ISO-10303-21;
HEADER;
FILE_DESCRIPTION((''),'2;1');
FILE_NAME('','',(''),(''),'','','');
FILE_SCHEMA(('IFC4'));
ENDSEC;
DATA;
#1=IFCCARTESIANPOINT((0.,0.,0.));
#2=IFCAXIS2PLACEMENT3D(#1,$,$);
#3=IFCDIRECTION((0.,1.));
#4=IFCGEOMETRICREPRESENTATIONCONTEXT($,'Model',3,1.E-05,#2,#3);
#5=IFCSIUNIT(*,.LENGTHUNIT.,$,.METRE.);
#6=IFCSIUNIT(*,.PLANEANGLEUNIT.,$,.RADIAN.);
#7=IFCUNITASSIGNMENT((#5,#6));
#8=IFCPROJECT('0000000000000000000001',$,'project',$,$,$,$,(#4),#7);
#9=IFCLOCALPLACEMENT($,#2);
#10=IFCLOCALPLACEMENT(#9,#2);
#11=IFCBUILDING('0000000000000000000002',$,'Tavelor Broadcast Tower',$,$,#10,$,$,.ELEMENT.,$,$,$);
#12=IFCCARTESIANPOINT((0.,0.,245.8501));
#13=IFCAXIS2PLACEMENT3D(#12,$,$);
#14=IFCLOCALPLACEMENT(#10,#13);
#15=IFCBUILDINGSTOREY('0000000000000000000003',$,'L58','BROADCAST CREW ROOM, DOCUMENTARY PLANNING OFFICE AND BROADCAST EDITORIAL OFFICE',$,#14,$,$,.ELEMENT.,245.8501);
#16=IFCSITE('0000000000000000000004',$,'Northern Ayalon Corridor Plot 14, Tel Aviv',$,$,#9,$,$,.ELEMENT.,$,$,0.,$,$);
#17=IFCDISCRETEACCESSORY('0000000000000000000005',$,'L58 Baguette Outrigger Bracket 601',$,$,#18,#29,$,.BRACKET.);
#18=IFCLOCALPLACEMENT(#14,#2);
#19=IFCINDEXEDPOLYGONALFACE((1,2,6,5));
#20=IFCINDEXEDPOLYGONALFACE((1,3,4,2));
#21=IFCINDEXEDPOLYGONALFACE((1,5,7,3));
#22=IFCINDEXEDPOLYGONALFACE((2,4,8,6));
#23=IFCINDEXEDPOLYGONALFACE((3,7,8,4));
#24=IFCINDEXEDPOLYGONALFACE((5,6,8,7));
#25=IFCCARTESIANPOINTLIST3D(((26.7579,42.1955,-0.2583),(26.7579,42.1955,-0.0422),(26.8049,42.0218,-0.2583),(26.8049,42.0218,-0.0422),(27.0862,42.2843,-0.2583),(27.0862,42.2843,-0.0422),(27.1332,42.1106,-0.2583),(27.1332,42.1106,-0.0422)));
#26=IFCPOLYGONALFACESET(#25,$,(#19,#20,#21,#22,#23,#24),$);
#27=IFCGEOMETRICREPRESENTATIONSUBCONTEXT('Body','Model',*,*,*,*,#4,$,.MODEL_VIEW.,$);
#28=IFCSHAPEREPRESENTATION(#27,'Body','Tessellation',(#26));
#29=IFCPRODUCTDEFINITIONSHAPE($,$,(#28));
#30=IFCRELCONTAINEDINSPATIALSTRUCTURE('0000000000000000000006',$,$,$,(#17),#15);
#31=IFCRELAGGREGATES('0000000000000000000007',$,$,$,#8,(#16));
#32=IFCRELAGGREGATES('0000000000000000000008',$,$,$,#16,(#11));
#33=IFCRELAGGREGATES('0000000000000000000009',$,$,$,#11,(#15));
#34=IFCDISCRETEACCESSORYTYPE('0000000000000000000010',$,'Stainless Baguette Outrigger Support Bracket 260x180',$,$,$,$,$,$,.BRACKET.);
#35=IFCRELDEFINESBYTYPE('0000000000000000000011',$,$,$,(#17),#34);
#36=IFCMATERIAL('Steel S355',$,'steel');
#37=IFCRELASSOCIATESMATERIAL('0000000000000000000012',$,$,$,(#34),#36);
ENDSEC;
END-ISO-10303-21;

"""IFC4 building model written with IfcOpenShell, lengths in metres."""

from ifc_helpers import new_model, si_unit, direction, frame, origin, origin_2d, place, context, subcontext, project, spatial, rectangle, extrude, source, transform, mapped, material, type_object, type_shapes, element, save


model = new_model("IFC4")

# Units and contexts
model_context = context("Model", 3, precision=1e-05, world=origin(), true_north=direction((0.0, 1.0)))
body_context = subcontext(model_context, "Body", "Model", "MODEL_VIEW")
ifc_project = project(units=[si_unit("LENGTHUNIT", "METRE"), si_unit("PLANEANGLEUNIT", "RADIAN")], contexts=[model_context])

# Site, building, storey
site_placement = place(None, origin())
site = spatial("IfcSite", under=ifc_project, at=site_placement, Name="Northern Ayalon Corridor Plot 14, Tel Aviv", CompositionType="ELEMENT", RefElevation=0.0)
building_placement = place(site_placement, origin())
building = spatial("IfcBuilding", under=site, at=building_placement, Name="Tavelor Broadcast Tower", CompositionType="ELEMENT")
storey_placement = place(building_placement, frame((0.0, 0.0, 245.8501)))
storey = spatial("IfcBuildingStorey", under=building, at=storey_placement, Name="L58", Description="BROADCAST CREW ROOM, DOCUMENTARY PLANNING OFFICE AND BROADCAST EDITORIAL OFFICE", CompositionType="ELEMENT", Elevation=245.8501)

# Shared definitions
ifc_material_1 = material(Name="Steel S355", Category="steel")

# Discrete accessory
discrete_accessory_type = type_object("IfcDiscreteAccessoryType", Name="Stainless Baguette Outrigger Support Bracket 260x180", PredefinedType="BRACKET", material=ifc_material_1)
shared_shape_1 = source(origin(), body_context, "Body", "SweptSolid", [
    extrude(rectangle(XDim=0.1799, YDim=0.3401, at=origin_2d()), origin(), (0.0, 0.0, 1.0), 0.2161),
])
type_shapes(discrete_accessory_type, [shared_shape_1])
discrete_accessory_placement = place(storey_placement, frame((26.9456, 42.1531, -0.2583), z_axis=(0.0, 0.0, 1.0), x_axis=(0.26101, -0.965336, 0.0)))
element("IfcDiscreteAccessory", 1, at=discrete_accessory_placement, inside=storey, type_object=discrete_accessory_type, Name="L58 Baguette Outrigger Bracket 601", PredefinedType="BRACKET", context=body_context, shape_type="MappedRepresentation", body=[
    mapped(shared_shape_1, transform((0.0, 0.0, 0.0), scale=1.0)),
])

save(model, "model.ifc")
